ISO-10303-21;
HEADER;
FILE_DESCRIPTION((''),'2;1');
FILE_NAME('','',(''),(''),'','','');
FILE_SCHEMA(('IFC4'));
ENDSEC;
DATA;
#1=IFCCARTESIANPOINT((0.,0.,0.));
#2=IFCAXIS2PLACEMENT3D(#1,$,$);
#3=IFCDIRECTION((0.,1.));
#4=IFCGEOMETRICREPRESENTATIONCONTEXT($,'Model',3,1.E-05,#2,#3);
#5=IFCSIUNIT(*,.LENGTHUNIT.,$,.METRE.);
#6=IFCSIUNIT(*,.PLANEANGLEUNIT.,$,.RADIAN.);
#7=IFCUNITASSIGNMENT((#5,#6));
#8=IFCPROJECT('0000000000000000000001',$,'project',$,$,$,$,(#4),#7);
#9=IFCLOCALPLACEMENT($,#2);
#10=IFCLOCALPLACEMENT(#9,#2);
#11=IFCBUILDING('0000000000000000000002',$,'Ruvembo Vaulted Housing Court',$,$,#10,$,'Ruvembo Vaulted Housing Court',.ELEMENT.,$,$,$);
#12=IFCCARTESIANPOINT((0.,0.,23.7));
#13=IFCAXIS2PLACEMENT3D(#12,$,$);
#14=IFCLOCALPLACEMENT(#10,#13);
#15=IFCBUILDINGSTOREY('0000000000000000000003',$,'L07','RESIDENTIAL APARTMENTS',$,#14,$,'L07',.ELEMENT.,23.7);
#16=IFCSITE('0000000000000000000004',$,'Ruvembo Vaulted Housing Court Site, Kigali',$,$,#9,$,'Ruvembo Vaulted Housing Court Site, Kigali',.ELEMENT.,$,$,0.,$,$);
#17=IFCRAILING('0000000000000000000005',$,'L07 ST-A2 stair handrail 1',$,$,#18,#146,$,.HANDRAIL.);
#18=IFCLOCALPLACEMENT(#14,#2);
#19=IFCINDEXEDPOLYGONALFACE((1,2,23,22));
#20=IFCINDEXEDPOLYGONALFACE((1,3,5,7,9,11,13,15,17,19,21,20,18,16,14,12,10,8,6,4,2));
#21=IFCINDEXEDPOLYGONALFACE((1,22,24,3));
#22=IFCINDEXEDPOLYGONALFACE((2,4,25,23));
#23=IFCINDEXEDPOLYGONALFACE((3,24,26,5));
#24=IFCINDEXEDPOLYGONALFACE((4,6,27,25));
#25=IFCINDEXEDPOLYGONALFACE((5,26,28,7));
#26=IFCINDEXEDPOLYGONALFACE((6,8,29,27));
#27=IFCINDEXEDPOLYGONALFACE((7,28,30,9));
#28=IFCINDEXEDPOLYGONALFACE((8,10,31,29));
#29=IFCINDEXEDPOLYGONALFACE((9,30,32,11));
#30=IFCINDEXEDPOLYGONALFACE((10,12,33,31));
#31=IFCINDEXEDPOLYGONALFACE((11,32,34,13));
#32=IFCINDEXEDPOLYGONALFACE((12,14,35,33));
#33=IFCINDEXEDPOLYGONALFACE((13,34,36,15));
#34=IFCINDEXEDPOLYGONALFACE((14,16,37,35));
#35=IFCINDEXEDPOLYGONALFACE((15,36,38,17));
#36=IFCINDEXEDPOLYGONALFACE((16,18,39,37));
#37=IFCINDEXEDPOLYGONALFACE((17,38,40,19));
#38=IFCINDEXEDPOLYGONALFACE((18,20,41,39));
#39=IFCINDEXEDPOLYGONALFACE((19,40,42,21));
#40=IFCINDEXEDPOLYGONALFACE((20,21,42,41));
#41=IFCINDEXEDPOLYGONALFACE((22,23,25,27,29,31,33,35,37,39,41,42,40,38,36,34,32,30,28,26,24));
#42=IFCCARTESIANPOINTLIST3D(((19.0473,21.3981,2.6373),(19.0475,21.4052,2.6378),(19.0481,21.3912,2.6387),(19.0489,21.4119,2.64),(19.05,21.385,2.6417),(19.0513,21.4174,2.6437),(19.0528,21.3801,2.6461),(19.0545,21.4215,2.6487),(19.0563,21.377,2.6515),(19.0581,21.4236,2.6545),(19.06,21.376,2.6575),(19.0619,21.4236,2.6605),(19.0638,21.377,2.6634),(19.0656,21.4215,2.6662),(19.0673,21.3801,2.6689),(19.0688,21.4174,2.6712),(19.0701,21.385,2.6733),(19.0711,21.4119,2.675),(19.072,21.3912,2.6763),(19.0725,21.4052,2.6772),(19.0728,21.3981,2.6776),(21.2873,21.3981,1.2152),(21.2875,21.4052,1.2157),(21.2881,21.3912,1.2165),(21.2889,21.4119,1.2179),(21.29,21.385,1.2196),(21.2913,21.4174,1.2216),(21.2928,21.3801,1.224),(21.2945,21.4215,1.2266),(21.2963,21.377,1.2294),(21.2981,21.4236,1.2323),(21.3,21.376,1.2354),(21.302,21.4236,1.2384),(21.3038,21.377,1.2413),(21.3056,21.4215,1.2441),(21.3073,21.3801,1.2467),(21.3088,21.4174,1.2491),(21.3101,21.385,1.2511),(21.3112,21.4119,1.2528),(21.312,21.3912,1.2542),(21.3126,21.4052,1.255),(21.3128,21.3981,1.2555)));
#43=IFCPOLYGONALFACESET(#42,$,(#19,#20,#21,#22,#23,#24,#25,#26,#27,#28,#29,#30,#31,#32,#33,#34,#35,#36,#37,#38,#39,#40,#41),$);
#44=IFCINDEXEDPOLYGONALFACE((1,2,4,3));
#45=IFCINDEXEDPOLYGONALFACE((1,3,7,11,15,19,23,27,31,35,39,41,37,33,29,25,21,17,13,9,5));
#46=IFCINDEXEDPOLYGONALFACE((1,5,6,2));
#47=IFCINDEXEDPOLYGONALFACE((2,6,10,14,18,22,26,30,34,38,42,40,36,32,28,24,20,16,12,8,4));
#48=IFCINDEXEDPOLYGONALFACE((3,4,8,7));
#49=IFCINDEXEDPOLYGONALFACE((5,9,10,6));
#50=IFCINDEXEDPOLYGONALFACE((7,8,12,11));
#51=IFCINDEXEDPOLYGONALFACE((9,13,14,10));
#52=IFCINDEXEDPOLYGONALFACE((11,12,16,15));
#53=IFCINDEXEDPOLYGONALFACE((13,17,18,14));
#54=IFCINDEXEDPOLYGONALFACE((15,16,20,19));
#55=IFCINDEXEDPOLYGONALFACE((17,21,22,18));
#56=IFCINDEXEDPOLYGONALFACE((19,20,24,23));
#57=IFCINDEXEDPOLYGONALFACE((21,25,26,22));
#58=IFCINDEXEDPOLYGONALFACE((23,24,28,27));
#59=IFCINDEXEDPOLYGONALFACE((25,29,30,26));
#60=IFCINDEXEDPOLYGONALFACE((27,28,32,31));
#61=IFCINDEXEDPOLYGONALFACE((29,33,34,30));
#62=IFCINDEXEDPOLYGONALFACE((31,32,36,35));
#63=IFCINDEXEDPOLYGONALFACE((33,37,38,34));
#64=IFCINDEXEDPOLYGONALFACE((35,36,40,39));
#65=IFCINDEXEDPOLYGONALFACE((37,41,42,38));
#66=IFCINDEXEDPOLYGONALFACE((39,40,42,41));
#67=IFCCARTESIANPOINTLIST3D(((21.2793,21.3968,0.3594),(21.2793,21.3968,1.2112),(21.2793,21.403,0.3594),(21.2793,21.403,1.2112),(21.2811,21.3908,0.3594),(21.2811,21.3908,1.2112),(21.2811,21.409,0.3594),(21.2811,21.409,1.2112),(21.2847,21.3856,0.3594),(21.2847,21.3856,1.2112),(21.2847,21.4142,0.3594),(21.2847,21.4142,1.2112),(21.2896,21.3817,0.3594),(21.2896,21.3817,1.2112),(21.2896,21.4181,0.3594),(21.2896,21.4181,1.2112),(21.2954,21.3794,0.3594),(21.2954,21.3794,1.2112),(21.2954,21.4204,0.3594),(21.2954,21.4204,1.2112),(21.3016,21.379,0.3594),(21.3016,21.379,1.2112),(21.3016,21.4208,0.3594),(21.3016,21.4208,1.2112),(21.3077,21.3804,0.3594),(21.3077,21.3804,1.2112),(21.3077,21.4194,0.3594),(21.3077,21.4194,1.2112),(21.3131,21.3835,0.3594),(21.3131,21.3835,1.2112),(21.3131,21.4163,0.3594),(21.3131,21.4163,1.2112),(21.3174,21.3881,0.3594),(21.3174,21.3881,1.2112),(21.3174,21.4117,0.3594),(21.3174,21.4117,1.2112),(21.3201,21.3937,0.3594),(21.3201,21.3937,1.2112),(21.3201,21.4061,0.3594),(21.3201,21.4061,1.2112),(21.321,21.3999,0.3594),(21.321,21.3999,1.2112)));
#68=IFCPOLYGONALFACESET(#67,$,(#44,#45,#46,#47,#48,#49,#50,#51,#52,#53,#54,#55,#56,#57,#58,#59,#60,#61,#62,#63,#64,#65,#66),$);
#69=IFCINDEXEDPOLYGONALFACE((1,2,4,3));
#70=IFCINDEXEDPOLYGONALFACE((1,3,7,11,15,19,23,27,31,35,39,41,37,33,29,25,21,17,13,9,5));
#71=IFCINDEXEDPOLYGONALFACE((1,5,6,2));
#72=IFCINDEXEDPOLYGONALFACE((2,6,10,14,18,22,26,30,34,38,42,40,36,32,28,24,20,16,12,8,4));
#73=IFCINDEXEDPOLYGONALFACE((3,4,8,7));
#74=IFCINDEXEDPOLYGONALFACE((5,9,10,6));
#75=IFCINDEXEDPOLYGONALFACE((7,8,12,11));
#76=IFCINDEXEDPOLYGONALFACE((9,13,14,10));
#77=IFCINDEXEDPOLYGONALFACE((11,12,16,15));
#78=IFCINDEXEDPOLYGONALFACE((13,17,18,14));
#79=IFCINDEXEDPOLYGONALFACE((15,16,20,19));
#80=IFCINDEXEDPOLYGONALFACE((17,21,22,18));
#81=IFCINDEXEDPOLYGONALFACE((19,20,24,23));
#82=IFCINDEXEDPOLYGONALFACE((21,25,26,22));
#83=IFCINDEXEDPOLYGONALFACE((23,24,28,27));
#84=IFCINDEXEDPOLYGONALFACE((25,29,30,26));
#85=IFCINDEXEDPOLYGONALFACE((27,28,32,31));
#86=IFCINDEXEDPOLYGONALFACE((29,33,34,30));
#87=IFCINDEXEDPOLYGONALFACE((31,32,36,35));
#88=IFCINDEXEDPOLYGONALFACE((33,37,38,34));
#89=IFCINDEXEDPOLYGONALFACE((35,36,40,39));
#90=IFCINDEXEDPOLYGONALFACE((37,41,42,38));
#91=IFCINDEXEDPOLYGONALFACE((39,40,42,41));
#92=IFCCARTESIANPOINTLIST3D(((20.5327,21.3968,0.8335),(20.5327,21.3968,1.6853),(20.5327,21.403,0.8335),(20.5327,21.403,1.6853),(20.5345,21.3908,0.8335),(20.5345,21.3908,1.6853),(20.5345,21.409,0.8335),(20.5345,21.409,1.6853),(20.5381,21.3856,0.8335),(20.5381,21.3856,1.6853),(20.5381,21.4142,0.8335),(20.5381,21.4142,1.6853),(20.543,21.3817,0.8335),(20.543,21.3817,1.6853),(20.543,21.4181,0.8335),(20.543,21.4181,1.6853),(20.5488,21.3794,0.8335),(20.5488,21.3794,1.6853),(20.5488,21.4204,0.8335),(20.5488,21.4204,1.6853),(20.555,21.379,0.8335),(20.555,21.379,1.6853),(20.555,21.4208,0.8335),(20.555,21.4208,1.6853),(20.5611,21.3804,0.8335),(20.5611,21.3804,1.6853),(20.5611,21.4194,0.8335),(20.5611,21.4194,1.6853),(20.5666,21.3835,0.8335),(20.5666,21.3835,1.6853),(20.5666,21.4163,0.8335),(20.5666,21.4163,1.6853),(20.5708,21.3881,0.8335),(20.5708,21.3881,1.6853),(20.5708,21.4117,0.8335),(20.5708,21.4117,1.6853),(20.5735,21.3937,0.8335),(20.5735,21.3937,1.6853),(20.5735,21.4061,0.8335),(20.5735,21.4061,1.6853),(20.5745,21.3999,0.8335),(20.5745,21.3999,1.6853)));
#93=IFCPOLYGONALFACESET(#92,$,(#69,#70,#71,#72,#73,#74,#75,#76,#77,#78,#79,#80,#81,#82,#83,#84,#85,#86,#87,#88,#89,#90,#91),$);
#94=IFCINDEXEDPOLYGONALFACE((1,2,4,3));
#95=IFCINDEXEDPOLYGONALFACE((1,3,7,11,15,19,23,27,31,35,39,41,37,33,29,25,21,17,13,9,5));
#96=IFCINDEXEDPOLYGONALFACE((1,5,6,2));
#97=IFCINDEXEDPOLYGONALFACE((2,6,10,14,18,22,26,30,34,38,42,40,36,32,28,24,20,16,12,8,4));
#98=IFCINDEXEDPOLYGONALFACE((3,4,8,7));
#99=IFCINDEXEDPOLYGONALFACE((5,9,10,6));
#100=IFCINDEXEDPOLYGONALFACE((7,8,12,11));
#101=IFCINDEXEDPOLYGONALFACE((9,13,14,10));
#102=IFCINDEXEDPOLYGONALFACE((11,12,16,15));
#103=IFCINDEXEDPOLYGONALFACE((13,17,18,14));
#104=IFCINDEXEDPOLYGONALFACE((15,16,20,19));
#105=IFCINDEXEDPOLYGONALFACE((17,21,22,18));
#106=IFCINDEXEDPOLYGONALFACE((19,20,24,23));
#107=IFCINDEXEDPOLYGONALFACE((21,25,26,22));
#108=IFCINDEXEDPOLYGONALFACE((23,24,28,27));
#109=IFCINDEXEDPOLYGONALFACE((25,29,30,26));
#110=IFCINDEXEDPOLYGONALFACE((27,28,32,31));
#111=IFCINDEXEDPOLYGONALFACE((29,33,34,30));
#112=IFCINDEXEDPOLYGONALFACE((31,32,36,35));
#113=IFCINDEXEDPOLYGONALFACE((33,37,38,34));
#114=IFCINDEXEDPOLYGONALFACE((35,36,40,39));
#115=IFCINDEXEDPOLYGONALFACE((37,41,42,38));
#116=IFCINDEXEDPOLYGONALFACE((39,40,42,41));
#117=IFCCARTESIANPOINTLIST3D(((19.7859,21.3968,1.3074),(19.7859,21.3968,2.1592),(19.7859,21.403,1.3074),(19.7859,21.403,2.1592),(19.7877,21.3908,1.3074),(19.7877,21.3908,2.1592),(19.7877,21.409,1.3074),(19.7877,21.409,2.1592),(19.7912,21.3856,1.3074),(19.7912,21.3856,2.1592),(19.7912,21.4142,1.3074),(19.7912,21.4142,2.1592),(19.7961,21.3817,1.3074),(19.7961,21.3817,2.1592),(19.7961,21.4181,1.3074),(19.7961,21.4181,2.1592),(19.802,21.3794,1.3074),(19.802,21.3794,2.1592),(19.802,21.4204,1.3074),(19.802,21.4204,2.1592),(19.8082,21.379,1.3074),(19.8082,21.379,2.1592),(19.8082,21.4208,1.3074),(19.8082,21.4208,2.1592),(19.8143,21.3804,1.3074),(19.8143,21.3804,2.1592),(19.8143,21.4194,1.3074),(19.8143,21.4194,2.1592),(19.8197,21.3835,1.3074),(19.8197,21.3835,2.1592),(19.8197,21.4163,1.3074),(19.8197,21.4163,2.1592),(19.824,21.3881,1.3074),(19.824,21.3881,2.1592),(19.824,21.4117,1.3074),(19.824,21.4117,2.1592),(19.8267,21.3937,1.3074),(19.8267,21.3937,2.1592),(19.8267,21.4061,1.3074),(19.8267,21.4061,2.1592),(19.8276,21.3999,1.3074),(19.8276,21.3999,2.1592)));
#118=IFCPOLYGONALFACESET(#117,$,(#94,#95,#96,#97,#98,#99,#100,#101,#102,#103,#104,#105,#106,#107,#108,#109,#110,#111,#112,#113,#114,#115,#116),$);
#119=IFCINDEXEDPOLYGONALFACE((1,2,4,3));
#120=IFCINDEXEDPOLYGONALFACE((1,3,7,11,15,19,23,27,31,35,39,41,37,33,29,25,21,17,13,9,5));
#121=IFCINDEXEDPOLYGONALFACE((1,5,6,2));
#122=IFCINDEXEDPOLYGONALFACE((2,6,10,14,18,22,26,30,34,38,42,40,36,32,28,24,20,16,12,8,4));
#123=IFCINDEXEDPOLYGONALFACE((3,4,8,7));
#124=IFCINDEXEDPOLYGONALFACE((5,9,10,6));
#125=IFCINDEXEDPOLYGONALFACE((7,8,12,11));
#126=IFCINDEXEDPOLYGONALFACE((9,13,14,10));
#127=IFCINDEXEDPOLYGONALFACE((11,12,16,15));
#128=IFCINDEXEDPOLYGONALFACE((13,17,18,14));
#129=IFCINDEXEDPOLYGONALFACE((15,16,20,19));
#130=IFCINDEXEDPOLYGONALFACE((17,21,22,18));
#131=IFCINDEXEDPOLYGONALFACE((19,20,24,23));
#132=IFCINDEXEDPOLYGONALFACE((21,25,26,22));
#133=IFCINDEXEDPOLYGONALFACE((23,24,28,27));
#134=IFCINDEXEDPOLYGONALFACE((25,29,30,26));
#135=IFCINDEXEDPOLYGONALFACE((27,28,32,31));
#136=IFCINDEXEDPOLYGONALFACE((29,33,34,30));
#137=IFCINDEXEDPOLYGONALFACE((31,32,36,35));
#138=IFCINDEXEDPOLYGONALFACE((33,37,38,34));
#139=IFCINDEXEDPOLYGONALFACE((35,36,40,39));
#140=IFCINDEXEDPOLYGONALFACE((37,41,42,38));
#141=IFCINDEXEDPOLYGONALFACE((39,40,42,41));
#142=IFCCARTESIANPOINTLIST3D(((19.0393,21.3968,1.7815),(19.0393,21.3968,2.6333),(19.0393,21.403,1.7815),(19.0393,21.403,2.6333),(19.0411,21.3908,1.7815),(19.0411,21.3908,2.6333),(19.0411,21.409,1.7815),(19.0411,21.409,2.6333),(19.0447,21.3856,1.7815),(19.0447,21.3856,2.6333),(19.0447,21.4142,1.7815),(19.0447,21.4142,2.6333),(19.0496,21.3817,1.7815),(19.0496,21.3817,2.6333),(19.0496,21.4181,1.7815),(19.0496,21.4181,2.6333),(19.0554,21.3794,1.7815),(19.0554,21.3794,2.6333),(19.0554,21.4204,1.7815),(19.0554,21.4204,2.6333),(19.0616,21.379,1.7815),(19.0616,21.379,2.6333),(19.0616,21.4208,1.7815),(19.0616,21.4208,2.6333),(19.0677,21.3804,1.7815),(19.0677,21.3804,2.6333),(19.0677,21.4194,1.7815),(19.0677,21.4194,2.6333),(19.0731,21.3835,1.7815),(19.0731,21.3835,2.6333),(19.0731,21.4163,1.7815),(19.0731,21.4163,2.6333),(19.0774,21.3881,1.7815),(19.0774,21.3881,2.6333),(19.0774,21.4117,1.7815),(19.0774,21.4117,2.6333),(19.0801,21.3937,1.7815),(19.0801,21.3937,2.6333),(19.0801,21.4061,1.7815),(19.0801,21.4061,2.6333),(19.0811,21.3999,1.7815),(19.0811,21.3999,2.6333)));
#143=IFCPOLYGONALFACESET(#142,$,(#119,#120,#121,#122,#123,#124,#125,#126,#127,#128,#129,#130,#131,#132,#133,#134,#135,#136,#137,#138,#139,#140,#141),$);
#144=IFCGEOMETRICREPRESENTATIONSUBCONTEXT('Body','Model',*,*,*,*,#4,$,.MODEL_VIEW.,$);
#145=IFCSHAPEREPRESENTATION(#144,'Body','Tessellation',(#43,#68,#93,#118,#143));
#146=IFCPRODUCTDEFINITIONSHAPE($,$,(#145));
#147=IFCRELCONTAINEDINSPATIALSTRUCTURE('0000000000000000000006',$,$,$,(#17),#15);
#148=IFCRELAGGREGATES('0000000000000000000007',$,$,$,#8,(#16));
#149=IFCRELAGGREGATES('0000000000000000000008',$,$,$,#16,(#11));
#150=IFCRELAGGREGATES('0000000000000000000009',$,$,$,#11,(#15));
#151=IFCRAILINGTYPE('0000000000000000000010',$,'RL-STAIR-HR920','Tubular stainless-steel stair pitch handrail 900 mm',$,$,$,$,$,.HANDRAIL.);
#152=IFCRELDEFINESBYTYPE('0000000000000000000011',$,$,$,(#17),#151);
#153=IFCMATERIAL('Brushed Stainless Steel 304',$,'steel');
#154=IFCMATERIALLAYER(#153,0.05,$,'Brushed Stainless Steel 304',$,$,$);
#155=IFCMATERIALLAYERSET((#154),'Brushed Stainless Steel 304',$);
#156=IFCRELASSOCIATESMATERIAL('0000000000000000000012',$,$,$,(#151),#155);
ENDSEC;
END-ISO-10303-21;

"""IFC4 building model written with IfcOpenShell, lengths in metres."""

from ifc_helpers import new_model, si_unit, direction, frame, origin, origin_2d, place, context, subcontext, project, spatial, circle, extrude, material, layer, layer_set, type_object, element, save


model = new_model("IFC4")

# Units and contexts
model_context = context("Model", 3, precision=1e-05, world=origin(), true_north=direction((0.0, 1.0)))
body_context = subcontext(model_context, "Body", "Model", "MODEL_VIEW")
ifc_project = project(units=[si_unit("LENGTHUNIT", "METRE"), si_unit("PLANEANGLEUNIT", "RADIAN")], contexts=[model_context])

# Site, building, storey
site_placement = place(None, origin())
site = spatial("IfcSite", under=ifc_project, at=site_placement, Name="Ruvembo Vaulted Housing Court Site, Kigali", LongName="Ruvembo Vaulted Housing Court Site, Kigali", CompositionType="ELEMENT", RefElevation=0.0)
building_placement = place(site_placement, origin())
building = spatial("IfcBuilding", under=site, at=building_placement, Name="Ruvembo Vaulted Housing Court", LongName="Ruvembo Vaulted Housing Court", CompositionType="ELEMENT")
storey_placement = place(building_placement, frame((0.0, 0.0, 23.7)))
storey = spatial("IfcBuildingStorey", under=building, at=storey_placement, Name="L07", Description="RESIDENTIAL APARTMENTS", LongName="L07", CompositionType="ELEMENT", Elevation=23.7)

# Railing
ifc_material_1 = material(Name="Brushed Stainless Steel 304", Category="steel")
ifc_layer_1 = layer(ifc_material_1, 0.05, Name="Brushed Stainless Steel 304")
ifc_layer_set_1 = layer_set([ifc_layer_1], Name="Brushed Stainless Steel 304")
railing_type_1 = type_object("IfcRailingType", Name="RL-STAIR-HR920", Description="Tubular stainless-steel stair pitch handrail 900 mm", PredefinedType="HANDRAIL", material=ifc_layer_set_1)
railing_1_placement = place(storey_placement, frame((21.3, 21.3999, 0.3594)))
element("IfcRailing", 1, at=railing_1_placement, inside=storey, type_object=railing_type_1, Name="L07 ST-A2 stair handrail 1", PredefinedType="HANDRAIL", context=body_context, shape_type="SweptSolid", body=[
    extrude(circle(Radius=0.0239, at=origin_2d()), frame((0.0, 0.0, 0.876), z_axis=(-0.844229, 0.0, 0.535982), x_axis=(0.0, -1.0, 0.0)), (0.0, 0.0, 1.0), 2.6533),
    extrude(circle(Radius=0.021, at=origin_2d()), origin(), (0.0, 0.0, 1.0), 0.8518),
    extrude(circle(Radius=0.021, at=origin_2d()), frame((-0.7466, 0.0, 0.4741)), (0.0, 0.0, 1.0), 0.8518),
    extrude(circle(Radius=0.021, at=origin_2d()), frame((-1.4934, 0.0, 0.948)), (0.0, 0.0, 1.0), 0.8518),
    extrude(circle(Radius=0.021, at=origin_2d()), frame((-2.24, 0.0, 1.4221)), (0.0, 0.0, 1.0), 0.8518),
])

save(model, "model.ifc")
